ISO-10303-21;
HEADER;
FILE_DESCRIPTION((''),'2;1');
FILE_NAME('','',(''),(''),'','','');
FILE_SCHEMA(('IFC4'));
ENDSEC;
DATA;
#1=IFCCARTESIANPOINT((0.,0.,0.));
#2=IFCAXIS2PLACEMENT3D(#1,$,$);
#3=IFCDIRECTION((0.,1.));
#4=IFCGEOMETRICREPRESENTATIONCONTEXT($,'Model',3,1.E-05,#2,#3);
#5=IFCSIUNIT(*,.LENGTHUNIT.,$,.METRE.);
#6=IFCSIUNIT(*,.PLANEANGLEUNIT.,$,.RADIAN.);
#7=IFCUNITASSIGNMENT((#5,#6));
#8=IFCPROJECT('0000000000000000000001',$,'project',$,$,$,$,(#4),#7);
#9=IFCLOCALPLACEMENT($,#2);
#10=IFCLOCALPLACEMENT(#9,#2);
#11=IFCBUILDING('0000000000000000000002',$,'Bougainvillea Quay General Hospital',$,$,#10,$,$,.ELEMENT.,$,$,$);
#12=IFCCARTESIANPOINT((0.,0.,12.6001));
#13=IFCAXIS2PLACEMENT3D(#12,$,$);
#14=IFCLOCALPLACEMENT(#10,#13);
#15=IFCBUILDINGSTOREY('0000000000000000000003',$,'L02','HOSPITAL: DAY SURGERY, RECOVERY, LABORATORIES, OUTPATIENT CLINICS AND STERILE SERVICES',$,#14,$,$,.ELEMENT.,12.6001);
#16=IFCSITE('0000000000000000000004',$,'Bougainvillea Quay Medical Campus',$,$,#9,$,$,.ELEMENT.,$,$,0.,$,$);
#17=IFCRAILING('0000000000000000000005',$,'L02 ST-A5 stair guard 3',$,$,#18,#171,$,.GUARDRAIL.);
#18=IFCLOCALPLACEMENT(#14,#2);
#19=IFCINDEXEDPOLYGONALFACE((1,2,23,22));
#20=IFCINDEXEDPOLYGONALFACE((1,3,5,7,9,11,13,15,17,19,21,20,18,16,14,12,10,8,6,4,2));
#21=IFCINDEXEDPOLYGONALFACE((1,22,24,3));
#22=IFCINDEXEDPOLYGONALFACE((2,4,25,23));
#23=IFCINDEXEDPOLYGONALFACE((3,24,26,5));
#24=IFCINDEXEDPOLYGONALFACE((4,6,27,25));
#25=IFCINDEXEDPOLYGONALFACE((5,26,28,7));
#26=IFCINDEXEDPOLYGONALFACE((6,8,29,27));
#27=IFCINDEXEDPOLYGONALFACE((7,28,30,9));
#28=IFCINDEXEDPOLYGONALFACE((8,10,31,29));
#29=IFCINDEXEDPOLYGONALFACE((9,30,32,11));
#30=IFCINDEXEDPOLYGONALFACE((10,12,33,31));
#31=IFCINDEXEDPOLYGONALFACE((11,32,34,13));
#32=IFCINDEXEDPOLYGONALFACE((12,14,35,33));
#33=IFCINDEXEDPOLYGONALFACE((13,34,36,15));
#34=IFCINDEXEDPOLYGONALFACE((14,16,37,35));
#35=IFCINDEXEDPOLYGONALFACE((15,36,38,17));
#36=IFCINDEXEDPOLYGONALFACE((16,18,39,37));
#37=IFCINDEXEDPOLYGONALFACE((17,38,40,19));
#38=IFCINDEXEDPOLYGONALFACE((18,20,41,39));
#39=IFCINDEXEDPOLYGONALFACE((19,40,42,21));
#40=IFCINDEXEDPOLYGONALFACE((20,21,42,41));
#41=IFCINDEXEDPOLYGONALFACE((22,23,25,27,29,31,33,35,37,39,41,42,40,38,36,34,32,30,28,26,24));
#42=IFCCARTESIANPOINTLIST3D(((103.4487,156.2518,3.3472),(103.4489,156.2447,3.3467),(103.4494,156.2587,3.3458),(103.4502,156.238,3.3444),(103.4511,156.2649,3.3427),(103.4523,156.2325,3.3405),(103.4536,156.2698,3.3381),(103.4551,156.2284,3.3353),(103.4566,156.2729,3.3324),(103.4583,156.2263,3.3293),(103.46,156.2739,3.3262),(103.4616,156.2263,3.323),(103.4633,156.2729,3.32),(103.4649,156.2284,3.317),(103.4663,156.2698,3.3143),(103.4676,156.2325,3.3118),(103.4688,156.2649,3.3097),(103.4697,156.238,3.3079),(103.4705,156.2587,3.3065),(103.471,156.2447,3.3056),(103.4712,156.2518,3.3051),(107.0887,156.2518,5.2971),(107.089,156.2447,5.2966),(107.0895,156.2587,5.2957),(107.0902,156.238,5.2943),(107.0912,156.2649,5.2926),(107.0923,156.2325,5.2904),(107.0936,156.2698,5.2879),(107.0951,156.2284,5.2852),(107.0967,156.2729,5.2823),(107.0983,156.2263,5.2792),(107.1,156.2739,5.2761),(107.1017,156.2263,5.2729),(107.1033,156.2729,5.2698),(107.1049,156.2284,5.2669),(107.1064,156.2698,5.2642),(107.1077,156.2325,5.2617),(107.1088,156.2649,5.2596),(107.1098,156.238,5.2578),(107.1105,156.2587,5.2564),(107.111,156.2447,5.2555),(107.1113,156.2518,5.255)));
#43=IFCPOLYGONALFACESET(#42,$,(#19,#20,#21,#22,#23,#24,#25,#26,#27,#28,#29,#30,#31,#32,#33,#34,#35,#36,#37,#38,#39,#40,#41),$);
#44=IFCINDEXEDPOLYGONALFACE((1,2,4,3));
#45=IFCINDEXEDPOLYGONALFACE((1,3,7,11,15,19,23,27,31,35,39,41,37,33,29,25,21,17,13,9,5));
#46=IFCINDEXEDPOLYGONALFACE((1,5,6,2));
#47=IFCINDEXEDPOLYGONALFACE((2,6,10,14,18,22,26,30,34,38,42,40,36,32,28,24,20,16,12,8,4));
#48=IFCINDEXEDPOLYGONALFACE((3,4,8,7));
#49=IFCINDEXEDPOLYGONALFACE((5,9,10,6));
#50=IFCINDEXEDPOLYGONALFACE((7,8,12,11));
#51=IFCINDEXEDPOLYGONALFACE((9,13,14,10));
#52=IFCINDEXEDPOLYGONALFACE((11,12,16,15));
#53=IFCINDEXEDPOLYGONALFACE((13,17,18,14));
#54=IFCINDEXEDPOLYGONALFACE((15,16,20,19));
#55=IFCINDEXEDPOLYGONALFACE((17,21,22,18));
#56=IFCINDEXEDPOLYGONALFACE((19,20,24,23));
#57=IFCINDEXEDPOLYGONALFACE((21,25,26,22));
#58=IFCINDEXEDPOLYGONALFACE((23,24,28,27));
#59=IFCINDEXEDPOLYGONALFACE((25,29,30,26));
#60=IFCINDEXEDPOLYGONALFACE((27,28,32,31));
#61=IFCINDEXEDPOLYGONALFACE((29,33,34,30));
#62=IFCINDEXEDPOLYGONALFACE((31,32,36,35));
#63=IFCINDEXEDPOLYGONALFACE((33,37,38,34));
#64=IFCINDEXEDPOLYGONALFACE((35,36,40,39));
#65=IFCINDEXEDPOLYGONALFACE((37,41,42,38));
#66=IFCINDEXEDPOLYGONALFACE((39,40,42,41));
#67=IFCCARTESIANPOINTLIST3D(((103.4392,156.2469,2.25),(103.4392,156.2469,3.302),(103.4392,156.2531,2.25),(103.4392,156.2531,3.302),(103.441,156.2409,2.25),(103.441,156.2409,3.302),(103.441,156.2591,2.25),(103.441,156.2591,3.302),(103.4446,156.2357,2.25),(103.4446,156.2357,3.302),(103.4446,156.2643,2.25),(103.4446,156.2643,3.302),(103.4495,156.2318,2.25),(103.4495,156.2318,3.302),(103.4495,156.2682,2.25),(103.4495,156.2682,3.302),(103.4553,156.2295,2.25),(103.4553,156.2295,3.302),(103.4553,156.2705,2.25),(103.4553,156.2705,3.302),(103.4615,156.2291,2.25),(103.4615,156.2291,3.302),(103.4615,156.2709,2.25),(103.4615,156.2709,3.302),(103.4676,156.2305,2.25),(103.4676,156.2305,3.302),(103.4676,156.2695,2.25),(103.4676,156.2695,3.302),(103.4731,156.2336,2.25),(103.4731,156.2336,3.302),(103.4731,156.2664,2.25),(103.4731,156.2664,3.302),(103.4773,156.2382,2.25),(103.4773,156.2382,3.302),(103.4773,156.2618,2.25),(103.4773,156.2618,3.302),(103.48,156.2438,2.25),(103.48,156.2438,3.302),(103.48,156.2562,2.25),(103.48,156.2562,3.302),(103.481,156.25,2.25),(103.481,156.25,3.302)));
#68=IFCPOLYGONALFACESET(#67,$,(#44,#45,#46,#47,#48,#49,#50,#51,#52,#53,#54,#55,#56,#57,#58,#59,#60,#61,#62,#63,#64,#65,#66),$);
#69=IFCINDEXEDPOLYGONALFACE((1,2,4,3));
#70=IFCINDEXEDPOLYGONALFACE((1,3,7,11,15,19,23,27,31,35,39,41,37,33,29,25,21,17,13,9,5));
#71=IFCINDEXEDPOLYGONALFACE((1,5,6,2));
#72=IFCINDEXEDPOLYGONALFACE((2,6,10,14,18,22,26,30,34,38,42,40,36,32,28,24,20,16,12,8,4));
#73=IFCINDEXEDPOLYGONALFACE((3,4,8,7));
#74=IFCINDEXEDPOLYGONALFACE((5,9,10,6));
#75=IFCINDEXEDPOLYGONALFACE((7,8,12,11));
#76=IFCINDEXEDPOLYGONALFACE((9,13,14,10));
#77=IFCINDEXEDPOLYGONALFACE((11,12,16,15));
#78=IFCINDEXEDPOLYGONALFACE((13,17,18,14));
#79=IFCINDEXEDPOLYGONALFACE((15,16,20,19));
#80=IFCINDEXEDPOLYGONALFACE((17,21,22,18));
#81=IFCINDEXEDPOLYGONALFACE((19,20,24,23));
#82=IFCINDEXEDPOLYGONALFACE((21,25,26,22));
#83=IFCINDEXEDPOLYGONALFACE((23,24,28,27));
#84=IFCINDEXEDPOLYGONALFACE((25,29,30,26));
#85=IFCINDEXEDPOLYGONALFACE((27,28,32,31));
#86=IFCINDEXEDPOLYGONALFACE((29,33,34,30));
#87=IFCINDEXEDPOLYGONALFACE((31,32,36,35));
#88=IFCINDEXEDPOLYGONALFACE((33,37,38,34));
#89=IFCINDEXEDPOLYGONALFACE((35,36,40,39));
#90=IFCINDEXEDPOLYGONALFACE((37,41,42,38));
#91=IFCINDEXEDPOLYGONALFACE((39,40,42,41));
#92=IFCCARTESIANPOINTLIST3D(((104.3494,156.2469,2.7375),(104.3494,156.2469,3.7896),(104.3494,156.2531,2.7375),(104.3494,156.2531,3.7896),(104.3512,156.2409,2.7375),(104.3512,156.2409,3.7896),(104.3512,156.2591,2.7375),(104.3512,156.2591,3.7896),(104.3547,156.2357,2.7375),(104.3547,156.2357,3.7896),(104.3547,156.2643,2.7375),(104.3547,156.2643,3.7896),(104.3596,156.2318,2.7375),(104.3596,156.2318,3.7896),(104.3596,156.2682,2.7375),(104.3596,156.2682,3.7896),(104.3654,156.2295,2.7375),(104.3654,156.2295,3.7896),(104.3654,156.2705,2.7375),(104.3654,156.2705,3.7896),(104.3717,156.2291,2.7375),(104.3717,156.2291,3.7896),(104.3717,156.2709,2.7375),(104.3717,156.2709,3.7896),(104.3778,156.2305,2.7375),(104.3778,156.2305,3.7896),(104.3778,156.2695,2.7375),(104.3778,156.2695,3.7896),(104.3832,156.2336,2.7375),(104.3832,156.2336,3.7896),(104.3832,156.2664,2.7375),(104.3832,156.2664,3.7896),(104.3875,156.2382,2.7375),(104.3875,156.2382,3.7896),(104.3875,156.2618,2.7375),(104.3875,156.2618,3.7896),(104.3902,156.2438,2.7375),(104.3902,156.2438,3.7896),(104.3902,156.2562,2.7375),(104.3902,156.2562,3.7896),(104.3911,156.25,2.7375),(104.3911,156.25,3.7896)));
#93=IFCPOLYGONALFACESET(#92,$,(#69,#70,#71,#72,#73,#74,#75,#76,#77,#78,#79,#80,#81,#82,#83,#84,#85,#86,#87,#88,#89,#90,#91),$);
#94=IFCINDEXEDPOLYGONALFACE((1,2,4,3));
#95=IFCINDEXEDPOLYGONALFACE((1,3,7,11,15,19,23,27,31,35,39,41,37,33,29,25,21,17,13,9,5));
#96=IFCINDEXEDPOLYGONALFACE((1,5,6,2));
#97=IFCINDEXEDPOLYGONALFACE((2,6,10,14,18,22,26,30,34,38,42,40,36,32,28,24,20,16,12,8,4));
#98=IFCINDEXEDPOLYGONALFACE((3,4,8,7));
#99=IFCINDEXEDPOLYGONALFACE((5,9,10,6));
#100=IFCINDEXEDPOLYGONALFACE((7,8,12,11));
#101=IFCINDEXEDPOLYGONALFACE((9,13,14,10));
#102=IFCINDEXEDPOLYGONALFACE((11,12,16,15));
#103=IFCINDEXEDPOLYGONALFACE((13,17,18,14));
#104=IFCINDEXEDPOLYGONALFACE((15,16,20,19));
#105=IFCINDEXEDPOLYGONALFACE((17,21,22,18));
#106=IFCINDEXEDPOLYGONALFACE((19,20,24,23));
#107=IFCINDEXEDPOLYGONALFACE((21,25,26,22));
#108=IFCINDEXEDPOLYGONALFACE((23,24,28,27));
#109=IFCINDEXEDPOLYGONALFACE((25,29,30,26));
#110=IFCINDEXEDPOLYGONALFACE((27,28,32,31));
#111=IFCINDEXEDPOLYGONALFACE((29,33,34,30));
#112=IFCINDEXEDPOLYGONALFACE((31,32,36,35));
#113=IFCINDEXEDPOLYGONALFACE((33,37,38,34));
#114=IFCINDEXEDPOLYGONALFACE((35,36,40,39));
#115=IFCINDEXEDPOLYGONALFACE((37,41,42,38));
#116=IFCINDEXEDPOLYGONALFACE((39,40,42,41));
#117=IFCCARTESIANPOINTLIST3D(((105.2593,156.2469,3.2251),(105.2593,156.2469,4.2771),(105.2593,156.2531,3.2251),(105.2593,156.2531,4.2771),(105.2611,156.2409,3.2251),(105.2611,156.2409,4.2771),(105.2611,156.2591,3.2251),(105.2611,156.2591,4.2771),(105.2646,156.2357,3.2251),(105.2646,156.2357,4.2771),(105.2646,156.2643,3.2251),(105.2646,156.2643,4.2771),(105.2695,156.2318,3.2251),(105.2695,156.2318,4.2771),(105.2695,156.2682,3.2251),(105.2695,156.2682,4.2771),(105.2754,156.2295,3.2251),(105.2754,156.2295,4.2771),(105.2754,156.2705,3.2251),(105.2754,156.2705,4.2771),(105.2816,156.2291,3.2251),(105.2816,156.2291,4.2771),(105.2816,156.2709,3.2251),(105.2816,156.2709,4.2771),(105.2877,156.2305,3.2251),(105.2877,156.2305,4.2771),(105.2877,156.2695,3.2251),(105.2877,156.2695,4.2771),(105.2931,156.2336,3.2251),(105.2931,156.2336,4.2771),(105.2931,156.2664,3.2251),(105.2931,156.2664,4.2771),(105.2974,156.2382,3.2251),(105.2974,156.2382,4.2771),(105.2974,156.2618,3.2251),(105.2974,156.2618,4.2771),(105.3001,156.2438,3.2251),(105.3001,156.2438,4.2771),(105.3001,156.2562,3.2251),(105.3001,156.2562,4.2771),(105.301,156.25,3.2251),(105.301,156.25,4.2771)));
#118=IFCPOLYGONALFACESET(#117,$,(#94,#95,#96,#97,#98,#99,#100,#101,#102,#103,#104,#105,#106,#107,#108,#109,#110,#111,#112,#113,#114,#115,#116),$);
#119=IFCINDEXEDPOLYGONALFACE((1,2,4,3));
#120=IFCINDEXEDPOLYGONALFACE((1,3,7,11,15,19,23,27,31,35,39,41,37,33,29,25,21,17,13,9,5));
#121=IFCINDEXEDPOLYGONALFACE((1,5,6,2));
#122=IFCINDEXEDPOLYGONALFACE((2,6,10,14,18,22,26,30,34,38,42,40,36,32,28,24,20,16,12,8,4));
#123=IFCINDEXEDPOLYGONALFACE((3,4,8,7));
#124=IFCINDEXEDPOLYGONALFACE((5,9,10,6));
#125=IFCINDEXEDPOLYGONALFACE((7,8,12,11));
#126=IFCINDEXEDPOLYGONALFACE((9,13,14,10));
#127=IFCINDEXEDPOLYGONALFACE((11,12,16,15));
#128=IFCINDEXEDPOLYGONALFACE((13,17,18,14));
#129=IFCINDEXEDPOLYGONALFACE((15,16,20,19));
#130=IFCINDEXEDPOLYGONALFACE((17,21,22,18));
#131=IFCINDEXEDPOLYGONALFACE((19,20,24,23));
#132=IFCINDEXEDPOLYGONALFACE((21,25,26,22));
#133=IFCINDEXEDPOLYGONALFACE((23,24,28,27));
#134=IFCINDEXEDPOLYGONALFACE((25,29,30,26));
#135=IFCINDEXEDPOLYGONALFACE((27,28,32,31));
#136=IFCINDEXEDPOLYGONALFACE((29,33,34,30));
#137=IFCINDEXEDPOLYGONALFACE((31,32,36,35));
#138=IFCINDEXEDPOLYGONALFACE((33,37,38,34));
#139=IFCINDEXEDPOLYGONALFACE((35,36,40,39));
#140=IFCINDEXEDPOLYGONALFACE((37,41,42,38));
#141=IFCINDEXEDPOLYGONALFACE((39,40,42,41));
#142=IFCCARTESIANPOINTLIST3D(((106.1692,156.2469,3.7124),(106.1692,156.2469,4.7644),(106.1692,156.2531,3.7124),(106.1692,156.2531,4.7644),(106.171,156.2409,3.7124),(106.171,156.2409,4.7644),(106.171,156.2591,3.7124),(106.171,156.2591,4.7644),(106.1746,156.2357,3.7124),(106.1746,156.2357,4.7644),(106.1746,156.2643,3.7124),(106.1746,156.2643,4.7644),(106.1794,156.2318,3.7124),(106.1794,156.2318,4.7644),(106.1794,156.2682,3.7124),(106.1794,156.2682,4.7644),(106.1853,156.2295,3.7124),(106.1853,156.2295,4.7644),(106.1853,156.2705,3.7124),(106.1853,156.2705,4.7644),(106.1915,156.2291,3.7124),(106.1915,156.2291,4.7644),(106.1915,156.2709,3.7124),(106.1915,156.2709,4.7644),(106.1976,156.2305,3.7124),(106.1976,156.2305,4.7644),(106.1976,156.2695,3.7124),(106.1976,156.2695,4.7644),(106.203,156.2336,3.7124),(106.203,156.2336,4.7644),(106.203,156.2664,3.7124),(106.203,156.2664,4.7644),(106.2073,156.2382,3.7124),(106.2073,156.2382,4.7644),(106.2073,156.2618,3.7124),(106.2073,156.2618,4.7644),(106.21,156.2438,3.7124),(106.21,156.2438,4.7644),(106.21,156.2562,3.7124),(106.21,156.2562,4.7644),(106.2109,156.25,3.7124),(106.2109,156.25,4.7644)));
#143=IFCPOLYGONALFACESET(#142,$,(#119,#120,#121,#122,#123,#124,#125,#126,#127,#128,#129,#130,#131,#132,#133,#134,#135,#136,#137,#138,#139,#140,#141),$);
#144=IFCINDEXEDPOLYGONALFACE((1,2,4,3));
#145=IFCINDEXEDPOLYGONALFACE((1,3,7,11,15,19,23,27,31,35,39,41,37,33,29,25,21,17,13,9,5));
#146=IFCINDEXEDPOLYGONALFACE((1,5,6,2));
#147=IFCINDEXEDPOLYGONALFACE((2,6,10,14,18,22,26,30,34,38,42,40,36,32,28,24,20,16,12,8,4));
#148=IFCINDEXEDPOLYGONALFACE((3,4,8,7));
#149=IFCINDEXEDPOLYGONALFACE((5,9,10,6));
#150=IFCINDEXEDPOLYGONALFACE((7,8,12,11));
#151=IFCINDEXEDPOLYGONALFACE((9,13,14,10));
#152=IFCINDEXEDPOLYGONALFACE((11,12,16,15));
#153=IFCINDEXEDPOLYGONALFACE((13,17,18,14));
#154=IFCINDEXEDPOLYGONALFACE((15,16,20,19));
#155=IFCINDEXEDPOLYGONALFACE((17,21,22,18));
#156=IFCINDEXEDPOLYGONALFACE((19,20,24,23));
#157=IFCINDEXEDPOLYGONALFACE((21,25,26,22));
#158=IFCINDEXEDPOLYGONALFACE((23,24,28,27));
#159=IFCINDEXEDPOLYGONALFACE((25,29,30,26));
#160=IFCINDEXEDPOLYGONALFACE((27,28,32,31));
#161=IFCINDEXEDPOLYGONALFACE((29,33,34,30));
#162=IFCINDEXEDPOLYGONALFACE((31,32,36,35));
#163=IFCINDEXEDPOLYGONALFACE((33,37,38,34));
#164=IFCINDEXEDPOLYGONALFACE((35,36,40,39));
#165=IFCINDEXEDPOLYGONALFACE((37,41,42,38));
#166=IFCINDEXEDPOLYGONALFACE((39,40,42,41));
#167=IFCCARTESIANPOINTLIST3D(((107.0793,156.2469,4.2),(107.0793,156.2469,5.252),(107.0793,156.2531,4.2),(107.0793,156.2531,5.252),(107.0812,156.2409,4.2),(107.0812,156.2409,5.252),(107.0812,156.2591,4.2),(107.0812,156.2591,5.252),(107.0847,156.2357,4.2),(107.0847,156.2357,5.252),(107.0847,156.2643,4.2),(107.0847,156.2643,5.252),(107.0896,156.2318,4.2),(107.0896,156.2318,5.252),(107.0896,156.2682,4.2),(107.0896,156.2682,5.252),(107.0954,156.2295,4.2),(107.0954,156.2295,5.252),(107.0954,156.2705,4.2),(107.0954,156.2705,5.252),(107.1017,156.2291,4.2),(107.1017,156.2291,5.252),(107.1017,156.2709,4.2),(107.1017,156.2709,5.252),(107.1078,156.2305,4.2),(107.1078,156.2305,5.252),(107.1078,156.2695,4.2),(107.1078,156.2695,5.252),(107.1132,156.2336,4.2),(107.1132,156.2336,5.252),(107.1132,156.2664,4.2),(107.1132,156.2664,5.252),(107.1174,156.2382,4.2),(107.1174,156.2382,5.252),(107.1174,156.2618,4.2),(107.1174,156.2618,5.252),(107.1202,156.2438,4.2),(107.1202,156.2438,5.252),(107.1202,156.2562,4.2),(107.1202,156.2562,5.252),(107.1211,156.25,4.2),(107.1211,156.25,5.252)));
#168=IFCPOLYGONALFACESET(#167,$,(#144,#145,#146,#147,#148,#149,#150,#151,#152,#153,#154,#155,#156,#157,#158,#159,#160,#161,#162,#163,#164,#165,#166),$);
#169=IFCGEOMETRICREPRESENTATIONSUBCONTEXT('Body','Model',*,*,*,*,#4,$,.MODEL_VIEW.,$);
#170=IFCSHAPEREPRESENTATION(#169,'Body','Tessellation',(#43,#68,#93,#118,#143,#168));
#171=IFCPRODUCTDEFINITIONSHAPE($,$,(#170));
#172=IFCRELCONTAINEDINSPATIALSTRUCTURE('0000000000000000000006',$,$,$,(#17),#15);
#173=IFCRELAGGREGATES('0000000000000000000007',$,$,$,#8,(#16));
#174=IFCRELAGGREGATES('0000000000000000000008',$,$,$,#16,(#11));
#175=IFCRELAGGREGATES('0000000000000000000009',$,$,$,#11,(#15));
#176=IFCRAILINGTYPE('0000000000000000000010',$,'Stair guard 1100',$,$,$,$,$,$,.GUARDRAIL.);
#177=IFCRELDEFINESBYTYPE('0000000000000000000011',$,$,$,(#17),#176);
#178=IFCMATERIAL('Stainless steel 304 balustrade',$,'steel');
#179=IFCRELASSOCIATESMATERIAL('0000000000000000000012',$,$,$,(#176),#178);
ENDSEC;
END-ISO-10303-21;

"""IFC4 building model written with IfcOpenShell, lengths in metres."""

from ifc_helpers import new_model, si_unit, direction, frame, origin, origin_2d, place, context, subcontext, project, spatial, circle, extrude, material, type_object, element, save


model = new_model("IFC4")

# Units and contexts
model_context = context("Model", 3, precision=1e-05, world=origin(), true_north=direction((0.0, 1.0)))
body_context = subcontext(model_context, "Body", "Model", "MODEL_VIEW")
ifc_project = project(units=[si_unit("LENGTHUNIT", "METRE"), si_unit("PLANEANGLEUNIT", "RADIAN")], contexts=[model_context])

# Site, building, storey
site_placement = place(None, origin())
site = spatial("IfcSite", under=ifc_project, at=site_placement, Name="Bougainvillea Quay Medical Campus", CompositionType="ELEMENT", RefElevation=0.0)
building_placement = place(site_placement, origin())
building = spatial("IfcBuilding", under=site, at=building_placement, Name="Bougainvillea Quay General Hospital", CompositionType="ELEMENT")
storey_placement = place(building_placement, frame((0.0, 0.0, 12.6001)))
storey = spatial("IfcBuildingStorey", under=building, at=storey_placement, Name="L02", Description="HOSPITAL: DAY SURGERY, RECOVERY, LABORATORIES, OUTPATIENT CLINICS AND STERILE SERVICES", CompositionType="ELEMENT", Elevation=12.6001)

# Railing
ifc_material_1 = material(Name="Stainless steel 304 balustrade", Category="steel")
railing_type_1 = type_object("IfcRailingType", Name="Stair guard 1100", PredefinedType="GUARDRAIL", material=ifc_material_1)
railing_1_placement = place(storey_placement, frame((103.46, 156.25, 2.25)))
element("IfcRailing", 1, at=railing_1_placement, inside=storey, type_object=railing_type_1, Name="L02 ST-A5 stair guard 3", PredefinedType="GUARDRAIL", context=body_context, shape_type="SweptSolid", body=[
    extrude(circle(Radius=0.0239, at=origin_2d()), frame((0.0, 0.0, 1.0762), z_axis=(0.881492, 0.0, 0.472198), x_axis=(0.0, 1.0, 0.0)), (0.0, 0.0, 1.0), 4.1294),
    extrude(circle(Radius=0.021, at=origin_2d()), origin(), (0.0, 0.0, 1.0), 1.052),
    extrude(circle(Radius=0.021, at=origin_2d()), frame((0.9102, 0.0, 0.4875)), (0.0, 0.0, 1.0), 1.052),
    extrude(circle(Radius=0.021, at=origin_2d()), frame((1.8201, 0.0, 0.9751)), (0.0, 0.0, 1.0), 1.052),
    extrude(circle(Radius=0.021, at=origin_2d()), frame((2.73, 0.0, 1.4624)), (0.0, 0.0, 1.0), 1.052),
    extrude(circle(Radius=0.021, at=origin_2d()), frame((3.6401, 0.0, 1.95)), (0.0, 0.0, 1.0), 1.052),
])

save(model, "model.ifc")
